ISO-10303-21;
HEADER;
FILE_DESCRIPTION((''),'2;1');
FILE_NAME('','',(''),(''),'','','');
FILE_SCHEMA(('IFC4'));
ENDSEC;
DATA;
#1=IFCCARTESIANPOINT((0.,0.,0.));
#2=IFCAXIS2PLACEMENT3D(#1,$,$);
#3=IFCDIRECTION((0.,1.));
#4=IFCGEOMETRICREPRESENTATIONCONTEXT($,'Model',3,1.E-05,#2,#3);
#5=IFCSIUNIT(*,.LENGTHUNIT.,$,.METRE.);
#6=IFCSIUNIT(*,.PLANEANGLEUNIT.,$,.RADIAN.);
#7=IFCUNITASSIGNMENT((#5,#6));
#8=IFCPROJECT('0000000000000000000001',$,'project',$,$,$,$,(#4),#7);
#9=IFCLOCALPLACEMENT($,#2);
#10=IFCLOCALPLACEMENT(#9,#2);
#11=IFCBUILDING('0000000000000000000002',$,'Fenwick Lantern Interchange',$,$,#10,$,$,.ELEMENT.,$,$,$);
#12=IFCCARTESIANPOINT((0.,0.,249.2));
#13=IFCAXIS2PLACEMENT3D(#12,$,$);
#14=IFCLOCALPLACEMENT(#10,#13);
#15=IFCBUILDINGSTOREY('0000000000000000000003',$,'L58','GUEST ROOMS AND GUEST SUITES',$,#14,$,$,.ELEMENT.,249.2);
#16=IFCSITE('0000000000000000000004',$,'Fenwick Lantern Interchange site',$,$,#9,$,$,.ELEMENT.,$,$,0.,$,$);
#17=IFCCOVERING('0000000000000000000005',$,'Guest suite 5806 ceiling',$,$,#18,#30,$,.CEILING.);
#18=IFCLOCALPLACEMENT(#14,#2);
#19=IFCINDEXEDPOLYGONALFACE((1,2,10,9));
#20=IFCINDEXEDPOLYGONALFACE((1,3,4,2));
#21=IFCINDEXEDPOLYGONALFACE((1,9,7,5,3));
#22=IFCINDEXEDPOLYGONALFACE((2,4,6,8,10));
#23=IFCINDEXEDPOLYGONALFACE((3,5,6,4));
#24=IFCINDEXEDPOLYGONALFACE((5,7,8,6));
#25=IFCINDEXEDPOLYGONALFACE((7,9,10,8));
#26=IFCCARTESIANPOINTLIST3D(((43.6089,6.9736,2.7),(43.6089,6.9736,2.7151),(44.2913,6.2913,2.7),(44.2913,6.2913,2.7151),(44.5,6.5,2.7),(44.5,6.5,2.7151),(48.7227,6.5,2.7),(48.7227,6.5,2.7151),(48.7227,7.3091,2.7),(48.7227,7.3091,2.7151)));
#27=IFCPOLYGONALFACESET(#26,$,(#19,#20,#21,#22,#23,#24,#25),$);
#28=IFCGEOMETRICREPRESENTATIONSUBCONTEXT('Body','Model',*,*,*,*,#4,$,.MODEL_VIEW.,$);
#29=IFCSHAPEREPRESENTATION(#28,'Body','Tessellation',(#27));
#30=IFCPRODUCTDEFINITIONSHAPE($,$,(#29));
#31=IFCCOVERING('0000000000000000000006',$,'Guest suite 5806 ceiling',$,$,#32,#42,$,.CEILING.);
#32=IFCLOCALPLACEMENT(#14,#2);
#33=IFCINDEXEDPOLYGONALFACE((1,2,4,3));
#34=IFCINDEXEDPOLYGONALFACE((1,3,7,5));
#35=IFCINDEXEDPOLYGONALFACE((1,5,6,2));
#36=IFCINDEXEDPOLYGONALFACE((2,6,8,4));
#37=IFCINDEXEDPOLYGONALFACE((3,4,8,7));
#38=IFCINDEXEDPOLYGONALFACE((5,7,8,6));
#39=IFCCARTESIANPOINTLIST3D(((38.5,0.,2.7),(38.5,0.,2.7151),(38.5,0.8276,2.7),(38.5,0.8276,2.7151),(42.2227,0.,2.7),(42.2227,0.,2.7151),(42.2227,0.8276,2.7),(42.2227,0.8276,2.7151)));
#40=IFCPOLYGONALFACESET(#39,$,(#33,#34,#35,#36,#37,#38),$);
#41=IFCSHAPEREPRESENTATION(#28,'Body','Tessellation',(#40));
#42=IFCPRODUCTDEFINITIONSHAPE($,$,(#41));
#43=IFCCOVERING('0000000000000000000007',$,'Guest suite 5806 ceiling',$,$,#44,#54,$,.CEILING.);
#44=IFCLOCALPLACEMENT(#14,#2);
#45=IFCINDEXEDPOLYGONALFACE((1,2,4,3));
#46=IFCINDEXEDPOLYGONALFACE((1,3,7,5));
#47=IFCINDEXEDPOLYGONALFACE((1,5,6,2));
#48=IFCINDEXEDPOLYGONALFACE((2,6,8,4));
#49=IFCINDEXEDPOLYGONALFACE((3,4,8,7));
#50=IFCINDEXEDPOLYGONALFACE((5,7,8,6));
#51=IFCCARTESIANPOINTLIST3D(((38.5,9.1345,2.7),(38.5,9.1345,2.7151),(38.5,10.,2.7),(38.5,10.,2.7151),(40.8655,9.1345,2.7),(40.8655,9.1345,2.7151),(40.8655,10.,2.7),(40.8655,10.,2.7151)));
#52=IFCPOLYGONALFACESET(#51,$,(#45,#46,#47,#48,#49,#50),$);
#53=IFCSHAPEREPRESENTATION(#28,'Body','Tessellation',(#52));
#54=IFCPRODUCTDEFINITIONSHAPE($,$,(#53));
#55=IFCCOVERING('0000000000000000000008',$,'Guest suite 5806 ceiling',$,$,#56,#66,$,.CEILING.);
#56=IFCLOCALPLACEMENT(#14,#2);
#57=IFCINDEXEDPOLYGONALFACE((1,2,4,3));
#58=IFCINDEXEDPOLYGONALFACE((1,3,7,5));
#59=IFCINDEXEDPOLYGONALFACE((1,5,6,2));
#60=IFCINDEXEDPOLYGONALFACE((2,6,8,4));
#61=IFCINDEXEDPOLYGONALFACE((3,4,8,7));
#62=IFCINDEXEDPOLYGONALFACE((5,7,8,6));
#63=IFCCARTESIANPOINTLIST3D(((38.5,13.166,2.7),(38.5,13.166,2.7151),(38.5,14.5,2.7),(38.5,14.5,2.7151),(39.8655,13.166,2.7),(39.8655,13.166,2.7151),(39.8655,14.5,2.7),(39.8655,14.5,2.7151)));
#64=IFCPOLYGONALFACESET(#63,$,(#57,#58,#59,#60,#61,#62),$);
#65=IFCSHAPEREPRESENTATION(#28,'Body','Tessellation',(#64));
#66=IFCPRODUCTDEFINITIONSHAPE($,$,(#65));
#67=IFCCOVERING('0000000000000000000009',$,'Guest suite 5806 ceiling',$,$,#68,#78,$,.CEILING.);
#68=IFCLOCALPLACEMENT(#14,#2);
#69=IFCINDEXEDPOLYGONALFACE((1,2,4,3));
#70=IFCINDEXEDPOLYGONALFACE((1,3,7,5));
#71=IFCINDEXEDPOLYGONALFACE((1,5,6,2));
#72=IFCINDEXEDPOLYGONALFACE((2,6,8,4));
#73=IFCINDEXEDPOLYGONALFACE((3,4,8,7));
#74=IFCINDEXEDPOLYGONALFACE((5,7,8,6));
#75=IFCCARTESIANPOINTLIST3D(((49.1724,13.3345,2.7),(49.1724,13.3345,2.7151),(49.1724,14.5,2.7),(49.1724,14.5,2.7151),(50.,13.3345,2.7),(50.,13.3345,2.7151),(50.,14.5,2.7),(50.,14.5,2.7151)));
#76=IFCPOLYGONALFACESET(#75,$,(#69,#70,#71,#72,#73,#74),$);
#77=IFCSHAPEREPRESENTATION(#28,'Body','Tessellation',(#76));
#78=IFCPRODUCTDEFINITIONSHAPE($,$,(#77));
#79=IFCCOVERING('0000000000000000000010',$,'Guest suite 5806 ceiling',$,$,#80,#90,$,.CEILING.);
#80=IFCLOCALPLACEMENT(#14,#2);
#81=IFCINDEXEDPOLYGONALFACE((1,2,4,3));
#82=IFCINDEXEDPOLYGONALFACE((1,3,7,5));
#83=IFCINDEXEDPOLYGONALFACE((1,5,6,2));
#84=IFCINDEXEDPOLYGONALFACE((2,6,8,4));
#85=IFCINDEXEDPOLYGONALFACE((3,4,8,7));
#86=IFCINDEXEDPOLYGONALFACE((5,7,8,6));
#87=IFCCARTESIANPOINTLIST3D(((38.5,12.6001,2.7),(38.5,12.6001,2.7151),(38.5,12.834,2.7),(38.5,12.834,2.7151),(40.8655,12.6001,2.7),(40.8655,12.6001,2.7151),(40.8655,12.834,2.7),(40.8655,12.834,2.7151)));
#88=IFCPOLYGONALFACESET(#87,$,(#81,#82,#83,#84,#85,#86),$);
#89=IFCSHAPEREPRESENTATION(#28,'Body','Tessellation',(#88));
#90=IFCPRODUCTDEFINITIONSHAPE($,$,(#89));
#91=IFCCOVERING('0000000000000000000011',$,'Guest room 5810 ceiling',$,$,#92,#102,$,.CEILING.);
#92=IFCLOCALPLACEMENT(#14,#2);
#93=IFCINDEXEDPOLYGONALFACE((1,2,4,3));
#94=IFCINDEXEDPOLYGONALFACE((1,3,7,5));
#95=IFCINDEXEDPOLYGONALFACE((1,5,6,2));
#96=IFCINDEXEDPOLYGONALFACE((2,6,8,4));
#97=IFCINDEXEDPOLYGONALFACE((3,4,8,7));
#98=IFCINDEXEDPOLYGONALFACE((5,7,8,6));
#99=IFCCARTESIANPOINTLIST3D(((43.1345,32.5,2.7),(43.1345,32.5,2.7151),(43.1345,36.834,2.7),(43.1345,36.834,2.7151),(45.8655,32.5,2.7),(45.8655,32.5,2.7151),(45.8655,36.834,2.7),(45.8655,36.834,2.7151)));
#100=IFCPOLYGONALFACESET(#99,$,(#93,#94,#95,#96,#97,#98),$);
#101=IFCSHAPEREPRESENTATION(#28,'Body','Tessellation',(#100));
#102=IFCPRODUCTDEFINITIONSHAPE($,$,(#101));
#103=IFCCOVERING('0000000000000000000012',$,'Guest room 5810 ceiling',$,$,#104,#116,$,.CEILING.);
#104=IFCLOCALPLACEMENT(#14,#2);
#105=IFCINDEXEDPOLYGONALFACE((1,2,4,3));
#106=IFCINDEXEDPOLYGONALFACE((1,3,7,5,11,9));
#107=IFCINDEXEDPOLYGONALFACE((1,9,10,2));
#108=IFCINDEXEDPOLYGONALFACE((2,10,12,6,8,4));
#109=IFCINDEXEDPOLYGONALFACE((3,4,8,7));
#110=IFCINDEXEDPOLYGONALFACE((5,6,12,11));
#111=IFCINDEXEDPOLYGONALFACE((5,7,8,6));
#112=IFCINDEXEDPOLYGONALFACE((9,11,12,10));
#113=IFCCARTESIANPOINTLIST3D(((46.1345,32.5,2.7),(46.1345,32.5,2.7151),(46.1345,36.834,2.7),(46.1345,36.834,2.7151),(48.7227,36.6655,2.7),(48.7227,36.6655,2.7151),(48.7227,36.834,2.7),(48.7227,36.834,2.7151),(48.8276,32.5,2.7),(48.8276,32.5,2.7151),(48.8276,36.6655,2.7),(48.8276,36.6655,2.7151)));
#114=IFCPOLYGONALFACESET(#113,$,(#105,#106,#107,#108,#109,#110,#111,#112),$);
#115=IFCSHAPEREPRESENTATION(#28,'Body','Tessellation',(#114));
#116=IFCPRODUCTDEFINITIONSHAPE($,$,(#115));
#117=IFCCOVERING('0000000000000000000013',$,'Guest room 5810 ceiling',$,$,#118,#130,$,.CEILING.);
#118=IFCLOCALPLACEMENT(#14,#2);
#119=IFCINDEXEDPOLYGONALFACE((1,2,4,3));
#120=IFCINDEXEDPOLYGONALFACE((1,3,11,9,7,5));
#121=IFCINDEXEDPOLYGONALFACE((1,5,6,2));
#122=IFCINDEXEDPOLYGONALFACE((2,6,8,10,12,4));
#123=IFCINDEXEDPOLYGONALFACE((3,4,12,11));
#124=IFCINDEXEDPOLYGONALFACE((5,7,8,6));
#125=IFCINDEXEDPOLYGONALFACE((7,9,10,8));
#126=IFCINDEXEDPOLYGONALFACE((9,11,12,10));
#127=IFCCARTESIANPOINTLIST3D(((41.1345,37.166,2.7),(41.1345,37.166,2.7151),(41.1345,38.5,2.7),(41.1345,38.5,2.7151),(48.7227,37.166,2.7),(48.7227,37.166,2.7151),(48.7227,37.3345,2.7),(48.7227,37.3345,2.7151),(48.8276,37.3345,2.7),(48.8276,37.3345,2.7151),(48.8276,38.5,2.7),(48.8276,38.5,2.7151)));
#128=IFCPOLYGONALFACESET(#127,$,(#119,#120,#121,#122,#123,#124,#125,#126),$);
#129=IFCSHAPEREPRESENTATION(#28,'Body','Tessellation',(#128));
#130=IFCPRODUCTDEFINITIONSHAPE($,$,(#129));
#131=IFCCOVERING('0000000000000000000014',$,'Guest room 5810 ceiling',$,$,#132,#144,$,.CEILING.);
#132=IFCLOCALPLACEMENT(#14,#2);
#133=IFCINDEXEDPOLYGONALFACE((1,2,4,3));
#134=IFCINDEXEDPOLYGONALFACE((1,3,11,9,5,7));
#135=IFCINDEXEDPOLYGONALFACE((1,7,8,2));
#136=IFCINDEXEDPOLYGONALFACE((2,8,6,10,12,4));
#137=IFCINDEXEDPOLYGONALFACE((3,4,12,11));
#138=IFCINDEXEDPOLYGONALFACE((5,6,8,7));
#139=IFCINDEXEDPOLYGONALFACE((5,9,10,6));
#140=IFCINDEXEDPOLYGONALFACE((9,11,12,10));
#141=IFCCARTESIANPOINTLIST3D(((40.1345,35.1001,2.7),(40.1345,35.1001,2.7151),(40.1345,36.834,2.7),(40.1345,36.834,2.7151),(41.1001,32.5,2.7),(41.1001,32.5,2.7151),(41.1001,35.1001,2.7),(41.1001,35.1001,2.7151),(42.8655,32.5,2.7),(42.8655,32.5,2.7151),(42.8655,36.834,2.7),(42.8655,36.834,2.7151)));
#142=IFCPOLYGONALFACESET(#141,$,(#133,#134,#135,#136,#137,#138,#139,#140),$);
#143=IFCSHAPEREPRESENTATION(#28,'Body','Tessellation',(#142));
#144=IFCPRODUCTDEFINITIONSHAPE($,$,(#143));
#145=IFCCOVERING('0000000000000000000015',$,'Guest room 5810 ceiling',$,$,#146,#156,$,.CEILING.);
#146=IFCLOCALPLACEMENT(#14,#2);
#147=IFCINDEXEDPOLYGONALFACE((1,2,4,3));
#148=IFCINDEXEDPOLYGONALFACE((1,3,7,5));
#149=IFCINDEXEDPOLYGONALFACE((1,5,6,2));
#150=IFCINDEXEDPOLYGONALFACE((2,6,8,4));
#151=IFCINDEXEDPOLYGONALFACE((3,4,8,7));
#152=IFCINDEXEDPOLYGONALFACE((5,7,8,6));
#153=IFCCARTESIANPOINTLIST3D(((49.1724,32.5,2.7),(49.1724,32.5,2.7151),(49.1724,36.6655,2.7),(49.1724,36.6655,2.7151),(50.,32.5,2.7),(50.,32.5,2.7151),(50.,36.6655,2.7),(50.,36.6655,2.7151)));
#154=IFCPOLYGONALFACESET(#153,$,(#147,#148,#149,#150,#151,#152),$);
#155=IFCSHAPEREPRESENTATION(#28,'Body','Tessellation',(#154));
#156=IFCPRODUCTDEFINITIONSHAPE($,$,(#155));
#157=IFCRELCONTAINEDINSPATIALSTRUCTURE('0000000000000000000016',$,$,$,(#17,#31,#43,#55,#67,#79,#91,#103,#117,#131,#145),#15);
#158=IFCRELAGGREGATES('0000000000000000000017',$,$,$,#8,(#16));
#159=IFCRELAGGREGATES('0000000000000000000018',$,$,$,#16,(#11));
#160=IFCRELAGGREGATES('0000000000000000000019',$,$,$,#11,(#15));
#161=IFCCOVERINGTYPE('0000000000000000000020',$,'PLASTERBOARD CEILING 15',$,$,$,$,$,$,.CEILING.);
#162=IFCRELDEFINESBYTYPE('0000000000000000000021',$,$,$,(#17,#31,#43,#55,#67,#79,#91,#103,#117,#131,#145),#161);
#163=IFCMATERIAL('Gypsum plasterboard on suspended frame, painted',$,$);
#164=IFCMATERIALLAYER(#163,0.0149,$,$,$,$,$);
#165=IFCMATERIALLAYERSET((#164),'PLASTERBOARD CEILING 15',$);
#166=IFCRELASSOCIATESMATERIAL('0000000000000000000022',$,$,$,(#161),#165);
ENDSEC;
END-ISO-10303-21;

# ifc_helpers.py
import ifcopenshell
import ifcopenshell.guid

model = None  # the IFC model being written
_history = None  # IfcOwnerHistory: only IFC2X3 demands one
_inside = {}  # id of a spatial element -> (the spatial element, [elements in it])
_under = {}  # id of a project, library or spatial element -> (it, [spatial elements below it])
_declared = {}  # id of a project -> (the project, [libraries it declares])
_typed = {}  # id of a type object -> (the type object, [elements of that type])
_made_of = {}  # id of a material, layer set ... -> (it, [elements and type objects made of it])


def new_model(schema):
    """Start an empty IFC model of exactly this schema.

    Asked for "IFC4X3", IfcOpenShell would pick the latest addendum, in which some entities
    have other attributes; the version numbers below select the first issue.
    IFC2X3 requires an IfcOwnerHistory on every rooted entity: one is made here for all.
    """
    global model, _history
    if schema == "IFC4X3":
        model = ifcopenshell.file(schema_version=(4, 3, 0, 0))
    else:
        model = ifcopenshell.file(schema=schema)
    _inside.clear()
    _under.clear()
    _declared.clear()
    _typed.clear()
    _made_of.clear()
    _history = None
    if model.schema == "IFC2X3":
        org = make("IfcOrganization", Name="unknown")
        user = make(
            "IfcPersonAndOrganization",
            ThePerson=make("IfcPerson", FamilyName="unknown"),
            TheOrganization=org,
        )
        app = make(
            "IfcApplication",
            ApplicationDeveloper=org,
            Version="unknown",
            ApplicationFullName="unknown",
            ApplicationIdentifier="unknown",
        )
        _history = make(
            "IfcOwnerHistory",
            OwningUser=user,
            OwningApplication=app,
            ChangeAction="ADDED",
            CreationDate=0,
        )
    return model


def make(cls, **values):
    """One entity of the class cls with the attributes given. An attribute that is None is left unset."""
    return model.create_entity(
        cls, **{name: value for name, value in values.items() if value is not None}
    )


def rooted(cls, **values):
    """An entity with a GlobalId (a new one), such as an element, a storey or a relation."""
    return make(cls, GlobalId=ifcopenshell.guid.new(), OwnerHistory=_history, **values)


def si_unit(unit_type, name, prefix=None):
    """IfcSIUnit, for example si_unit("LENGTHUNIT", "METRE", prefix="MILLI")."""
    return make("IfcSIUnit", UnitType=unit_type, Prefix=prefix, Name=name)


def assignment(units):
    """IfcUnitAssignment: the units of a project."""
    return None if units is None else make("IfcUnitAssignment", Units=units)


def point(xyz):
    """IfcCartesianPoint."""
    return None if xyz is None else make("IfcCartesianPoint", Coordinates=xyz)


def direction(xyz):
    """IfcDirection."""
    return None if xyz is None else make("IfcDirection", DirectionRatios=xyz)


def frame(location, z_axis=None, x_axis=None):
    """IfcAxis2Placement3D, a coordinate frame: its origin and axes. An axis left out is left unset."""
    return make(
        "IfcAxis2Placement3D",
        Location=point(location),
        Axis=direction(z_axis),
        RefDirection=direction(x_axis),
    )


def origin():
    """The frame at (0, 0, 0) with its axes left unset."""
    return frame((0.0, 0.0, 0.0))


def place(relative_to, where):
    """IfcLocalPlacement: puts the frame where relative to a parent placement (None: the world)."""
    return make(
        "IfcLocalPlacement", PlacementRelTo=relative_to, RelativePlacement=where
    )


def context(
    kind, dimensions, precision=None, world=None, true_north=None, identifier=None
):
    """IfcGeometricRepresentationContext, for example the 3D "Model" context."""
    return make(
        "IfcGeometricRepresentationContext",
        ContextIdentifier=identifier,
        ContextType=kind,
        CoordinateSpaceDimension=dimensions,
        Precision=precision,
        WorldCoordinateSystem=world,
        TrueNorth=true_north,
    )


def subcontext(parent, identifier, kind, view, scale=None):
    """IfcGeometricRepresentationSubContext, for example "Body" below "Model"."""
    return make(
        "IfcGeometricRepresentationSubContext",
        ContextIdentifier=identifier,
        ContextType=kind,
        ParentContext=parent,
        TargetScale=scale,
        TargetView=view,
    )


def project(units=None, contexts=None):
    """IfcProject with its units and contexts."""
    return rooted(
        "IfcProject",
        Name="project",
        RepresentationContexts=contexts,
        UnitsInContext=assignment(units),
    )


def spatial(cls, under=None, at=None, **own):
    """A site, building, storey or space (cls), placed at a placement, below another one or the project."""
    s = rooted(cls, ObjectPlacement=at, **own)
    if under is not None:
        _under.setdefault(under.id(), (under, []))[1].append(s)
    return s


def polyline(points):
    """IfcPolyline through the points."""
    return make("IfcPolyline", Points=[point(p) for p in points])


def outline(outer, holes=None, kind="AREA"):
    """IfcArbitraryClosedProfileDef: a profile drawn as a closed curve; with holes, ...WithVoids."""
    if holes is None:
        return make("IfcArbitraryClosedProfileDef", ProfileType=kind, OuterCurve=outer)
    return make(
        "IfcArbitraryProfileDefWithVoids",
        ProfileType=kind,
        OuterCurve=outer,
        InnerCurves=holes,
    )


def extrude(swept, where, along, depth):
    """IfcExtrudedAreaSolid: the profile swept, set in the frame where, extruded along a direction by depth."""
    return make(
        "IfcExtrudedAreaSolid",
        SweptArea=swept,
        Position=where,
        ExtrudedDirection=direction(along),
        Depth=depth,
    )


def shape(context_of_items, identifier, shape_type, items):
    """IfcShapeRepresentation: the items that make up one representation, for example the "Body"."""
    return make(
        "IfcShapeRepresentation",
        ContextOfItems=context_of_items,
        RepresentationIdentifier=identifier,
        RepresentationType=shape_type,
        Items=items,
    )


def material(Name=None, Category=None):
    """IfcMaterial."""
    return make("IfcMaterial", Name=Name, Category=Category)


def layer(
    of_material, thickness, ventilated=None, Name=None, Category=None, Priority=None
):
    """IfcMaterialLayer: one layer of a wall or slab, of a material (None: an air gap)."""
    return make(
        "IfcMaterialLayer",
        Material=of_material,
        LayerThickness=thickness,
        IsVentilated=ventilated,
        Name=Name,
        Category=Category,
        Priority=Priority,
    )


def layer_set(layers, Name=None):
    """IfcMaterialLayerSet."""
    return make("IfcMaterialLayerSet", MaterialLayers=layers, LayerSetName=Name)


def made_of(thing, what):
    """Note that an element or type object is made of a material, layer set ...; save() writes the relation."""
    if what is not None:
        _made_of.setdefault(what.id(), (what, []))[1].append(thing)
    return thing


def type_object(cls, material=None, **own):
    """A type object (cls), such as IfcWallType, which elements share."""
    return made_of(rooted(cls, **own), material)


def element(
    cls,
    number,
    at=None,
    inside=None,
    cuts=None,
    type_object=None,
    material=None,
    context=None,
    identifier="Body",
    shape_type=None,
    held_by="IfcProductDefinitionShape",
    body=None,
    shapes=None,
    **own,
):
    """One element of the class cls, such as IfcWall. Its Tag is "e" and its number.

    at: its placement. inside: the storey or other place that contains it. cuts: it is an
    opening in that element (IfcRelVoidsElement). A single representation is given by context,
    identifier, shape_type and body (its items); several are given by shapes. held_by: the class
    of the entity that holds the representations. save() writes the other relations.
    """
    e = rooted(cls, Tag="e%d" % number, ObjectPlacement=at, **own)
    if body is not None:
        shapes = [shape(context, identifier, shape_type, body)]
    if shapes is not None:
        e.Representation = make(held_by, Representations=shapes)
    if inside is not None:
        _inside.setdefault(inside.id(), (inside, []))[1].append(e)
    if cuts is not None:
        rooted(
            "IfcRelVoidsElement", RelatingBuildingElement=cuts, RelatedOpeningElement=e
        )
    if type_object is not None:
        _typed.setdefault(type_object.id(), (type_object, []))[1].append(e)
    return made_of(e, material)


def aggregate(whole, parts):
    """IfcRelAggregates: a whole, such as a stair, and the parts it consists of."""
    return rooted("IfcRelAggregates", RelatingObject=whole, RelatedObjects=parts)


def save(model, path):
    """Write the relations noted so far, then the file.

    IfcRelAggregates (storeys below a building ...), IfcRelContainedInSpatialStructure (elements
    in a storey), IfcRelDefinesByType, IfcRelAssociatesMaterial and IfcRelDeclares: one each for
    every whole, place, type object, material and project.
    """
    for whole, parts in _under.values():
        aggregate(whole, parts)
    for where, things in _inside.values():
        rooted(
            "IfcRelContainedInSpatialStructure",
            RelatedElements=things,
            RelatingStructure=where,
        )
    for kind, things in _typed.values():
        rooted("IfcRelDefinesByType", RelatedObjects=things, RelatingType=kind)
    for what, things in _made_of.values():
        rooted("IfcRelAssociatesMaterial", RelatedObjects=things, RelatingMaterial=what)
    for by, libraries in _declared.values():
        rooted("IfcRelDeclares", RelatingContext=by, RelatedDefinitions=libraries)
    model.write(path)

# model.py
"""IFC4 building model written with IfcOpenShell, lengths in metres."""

from ifc_helpers import new_model, si_unit, direction, frame, origin, place, context, subcontext, project, spatial, polyline, outline, extrude, material, layer, layer_set, type_object, element, save


model = new_model("IFC4")

# Units and contexts
model_context = context("Model", 3, precision=1e-05, world=origin(), true_north=direction((0.0, 1.0)))
body_context = subcontext(model_context, "Body", "Model", "MODEL_VIEW")
ifc_project = project(units=[si_unit("LENGTHUNIT", "METRE"), si_unit("PLANEANGLEUNIT", "RADIAN")], contexts=[model_context])

# Site, building, storey
site_placement = place(None, origin())
site = spatial("IfcSite", under=ifc_project, at=site_placement, Name="Fenwick Lantern Interchange site", CompositionType="ELEMENT", RefElevation=0.0)
building_placement = place(site_placement, origin())
building = spatial("IfcBuilding", under=site, at=building_placement, Name="Fenwick Lantern Interchange", CompositionType="ELEMENT")
storey_placement = place(building_placement, frame((0.0, 0.0, 249.2)))
storey = spatial("IfcBuildingStorey", under=building, at=storey_placement, Name="L58", Description="GUEST ROOMS AND GUEST SUITES", CompositionType="ELEMENT", Elevation=249.2)

# Coverings
ifc_material = material(Name="Gypsum plasterboard on suspended frame, painted")
ifc_layer = layer(ifc_material, 0.0149)
ifc_layer_set = layer_set([ifc_layer], Name="PLASTERBOARD CEILING 15")
covering_type = type_object("IfcCoveringType", Name="PLASTERBOARD CEILING 15", PredefinedType="CEILING", material=ifc_layer_set)
covering_1_placement = place(storey_placement, frame((0.0, 0.0, 2.7)))
element("IfcCovering", 1, at=covering_1_placement, inside=storey, type_object=covering_type, Name="Guest suite 5806 ceiling", PredefinedType="CEILING", context=body_context, shape_type="SweptSolid", body=[
    extrude(outline(polyline([(48.7227, 6.5), (48.7227, 7.3091), (43.6089, 6.9736), (44.2913, 6.2913), (44.5, 6.5), (48.7227, 6.5)])), origin(), (0.0, 0.0, 1.0), 0.0151),
])
covering_2_placement = place(storey_placement, frame((0.0, 0.0, 2.7)))
element("IfcCovering", 2, at=covering_2_placement, inside=storey, type_object=covering_type, Name="Guest suite 5806 ceiling", PredefinedType="CEILING", context=body_context, shape_type="SweptSolid", body=[
    extrude(outline(polyline([(42.2227, 0.0), (42.2227, 0.8276), (38.5, 0.8276), (38.5, 0.0), (42.2227, 0.0)])), origin(), (0.0, 0.0, 1.0), 0.0151),
])
covering_3_placement = place(storey_placement, frame((0.0, 0.0, 2.7)))
element("IfcCovering", 3, at=covering_3_placement, inside=storey, type_object=covering_type, Name="Guest suite 5806 ceiling", PredefinedType="CEILING", context=body_context, shape_type="SweptSolid", body=[
    extrude(outline(polyline([(38.5, 10.0), (38.5, 9.1345), (40.8655, 9.1345), (40.8655, 10.0), (38.5, 10.0)])), origin(), (0.0, 0.0, 1.0), 0.0151),
])
covering_4_placement = place(storey_placement, frame((0.0, 0.0, 2.7)))
element("IfcCovering", 4, at=covering_4_placement, inside=storey, type_object=covering_type, Name="Guest suite 5806 ceiling", PredefinedType="CEILING", context=body_context, shape_type="SweptSolid", body=[
    extrude(outline(polyline([(38.5, 14.5), (38.5, 13.166), (39.8655, 13.166), (39.8655, 14.5), (38.5, 14.5)])), origin(), (0.0, 0.0, 1.0), 0.0151),
])
covering_5_placement = place(storey_placement, frame((0.0, 0.0, 2.7)))
element("IfcCovering", 5, at=covering_5_placement, inside=storey, type_object=covering_type, Name="Guest suite 5806 ceiling", PredefinedType="CEILING", context=body_context, shape_type="SweptSolid", body=[
    extrude(outline(polyline([(50.0, 14.5), (49.1724, 14.5), (49.1724, 13.3345), (50.0, 13.3345), (50.0, 14.5)])), origin(), (0.0, 0.0, 1.0), 0.0151),
])
covering_6_placement = place(storey_placement, frame((0.0, 0.0, 2.7)))
element("IfcCovering", 6, at=covering_6_placement, inside=storey, type_object=covering_type, Name="Guest suite 5806 ceiling", PredefinedType="CEILING", context=body_context, shape_type="SweptSolid", body=[
    extrude(outline(polyline([(38.5, 12.6001), (40.8655, 12.6001), (40.8655, 12.834), (38.5, 12.834), (38.5, 12.6001)])), origin(), (0.0, 0.0, 1.0), 0.0151),
])
covering_7_placement = place(storey_placement, frame((0.0, 0.0, 2.7)))
element("IfcCovering", 7, at=covering_7_placement, inside=storey, type_object=covering_type, Name="Guest room 5810 ceiling", PredefinedType="CEILING", context=body_context, shape_type="SweptSolid", body=[
    extrude(outline(polyline([(43.1345, 32.5), (45.8655, 32.5), (45.8655, 36.834), (43.1345, 36.834), (43.1345, 32.5)])), origin(), (0.0, 0.0, 1.0), 0.0151),
])
covering_8_placement = place(storey_placement, frame((0.0, 0.0, 2.7)))
element("IfcCovering", 8, at=covering_8_placement, inside=storey, type_object=covering_type, Name="Guest room 5810 ceiling", PredefinedType="CEILING", context=body_context, shape_type="SweptSolid", body=[
    extrude(outline(polyline([(48.7227, 36.6655), (48.7227, 36.834), (46.1345, 36.834), (46.1345, 32.5), (48.8276, 32.5), (48.8276, 36.6655), (48.7227, 36.6655)])), origin(), (0.0, 0.0, 1.0), 0.0151),
])
covering_9_placement = place(storey_placement, frame((0.0, 0.0, 2.7)))
element("IfcCovering", 9, at=covering_9_placement, inside=storey, type_object=covering_type, Name="Guest room 5810 ceiling", PredefinedType="CEILING", context=body_context, shape_type="SweptSolid", body=[
    extrude(outline(polyline([(48.7227, 37.3345), (48.8276, 37.3345), (48.8276, 38.5), (41.1345, 38.5), (41.1345, 37.166), (48.7227, 37.166), (48.7227, 37.3345)])), origin(), (0.0, 0.0, 1.0), 0.0151),
])
covering_10_placement = place(storey_placement, frame((0.0, 0.0, 2.7)))
element("IfcCovering", 10, at=covering_10_placement, inside=storey, type_object=covering_type, Name="Guest room 5810 ceiling", PredefinedType="CEILING", context=body_context, shape_type="SweptSolid", body=[
    extrude(outline(polyline([(41.1001, 32.5), (42.8655, 32.5), (42.8655, 36.834), (40.1345, 36.834), (40.1345, 35.1001), (41.1001, 35.1001), (41.1001, 32.5)])), origin(), (0.0, 0.0, 1.0), 0.0151),
])
covering_11_placement = place(storey_placement, frame((0.0, 0.0, 2.7)))
element("IfcCovering", 11, at=covering_11_placement, inside=storey, type_object=covering_type, Name="Guest room 5810 ceiling", PredefinedType="CEILING", context=body_context, shape_type="SweptSolid", body=[
    extrude(outline(polyline([(50.0, 36.6655), (49.1724, 36.6655), (49.1724, 32.5), (50.0, 32.5), (50.0, 36.6655)])), origin(), (0.0, 0.0, 1.0), 0.0151),
])

save(model, "model.ifc")
